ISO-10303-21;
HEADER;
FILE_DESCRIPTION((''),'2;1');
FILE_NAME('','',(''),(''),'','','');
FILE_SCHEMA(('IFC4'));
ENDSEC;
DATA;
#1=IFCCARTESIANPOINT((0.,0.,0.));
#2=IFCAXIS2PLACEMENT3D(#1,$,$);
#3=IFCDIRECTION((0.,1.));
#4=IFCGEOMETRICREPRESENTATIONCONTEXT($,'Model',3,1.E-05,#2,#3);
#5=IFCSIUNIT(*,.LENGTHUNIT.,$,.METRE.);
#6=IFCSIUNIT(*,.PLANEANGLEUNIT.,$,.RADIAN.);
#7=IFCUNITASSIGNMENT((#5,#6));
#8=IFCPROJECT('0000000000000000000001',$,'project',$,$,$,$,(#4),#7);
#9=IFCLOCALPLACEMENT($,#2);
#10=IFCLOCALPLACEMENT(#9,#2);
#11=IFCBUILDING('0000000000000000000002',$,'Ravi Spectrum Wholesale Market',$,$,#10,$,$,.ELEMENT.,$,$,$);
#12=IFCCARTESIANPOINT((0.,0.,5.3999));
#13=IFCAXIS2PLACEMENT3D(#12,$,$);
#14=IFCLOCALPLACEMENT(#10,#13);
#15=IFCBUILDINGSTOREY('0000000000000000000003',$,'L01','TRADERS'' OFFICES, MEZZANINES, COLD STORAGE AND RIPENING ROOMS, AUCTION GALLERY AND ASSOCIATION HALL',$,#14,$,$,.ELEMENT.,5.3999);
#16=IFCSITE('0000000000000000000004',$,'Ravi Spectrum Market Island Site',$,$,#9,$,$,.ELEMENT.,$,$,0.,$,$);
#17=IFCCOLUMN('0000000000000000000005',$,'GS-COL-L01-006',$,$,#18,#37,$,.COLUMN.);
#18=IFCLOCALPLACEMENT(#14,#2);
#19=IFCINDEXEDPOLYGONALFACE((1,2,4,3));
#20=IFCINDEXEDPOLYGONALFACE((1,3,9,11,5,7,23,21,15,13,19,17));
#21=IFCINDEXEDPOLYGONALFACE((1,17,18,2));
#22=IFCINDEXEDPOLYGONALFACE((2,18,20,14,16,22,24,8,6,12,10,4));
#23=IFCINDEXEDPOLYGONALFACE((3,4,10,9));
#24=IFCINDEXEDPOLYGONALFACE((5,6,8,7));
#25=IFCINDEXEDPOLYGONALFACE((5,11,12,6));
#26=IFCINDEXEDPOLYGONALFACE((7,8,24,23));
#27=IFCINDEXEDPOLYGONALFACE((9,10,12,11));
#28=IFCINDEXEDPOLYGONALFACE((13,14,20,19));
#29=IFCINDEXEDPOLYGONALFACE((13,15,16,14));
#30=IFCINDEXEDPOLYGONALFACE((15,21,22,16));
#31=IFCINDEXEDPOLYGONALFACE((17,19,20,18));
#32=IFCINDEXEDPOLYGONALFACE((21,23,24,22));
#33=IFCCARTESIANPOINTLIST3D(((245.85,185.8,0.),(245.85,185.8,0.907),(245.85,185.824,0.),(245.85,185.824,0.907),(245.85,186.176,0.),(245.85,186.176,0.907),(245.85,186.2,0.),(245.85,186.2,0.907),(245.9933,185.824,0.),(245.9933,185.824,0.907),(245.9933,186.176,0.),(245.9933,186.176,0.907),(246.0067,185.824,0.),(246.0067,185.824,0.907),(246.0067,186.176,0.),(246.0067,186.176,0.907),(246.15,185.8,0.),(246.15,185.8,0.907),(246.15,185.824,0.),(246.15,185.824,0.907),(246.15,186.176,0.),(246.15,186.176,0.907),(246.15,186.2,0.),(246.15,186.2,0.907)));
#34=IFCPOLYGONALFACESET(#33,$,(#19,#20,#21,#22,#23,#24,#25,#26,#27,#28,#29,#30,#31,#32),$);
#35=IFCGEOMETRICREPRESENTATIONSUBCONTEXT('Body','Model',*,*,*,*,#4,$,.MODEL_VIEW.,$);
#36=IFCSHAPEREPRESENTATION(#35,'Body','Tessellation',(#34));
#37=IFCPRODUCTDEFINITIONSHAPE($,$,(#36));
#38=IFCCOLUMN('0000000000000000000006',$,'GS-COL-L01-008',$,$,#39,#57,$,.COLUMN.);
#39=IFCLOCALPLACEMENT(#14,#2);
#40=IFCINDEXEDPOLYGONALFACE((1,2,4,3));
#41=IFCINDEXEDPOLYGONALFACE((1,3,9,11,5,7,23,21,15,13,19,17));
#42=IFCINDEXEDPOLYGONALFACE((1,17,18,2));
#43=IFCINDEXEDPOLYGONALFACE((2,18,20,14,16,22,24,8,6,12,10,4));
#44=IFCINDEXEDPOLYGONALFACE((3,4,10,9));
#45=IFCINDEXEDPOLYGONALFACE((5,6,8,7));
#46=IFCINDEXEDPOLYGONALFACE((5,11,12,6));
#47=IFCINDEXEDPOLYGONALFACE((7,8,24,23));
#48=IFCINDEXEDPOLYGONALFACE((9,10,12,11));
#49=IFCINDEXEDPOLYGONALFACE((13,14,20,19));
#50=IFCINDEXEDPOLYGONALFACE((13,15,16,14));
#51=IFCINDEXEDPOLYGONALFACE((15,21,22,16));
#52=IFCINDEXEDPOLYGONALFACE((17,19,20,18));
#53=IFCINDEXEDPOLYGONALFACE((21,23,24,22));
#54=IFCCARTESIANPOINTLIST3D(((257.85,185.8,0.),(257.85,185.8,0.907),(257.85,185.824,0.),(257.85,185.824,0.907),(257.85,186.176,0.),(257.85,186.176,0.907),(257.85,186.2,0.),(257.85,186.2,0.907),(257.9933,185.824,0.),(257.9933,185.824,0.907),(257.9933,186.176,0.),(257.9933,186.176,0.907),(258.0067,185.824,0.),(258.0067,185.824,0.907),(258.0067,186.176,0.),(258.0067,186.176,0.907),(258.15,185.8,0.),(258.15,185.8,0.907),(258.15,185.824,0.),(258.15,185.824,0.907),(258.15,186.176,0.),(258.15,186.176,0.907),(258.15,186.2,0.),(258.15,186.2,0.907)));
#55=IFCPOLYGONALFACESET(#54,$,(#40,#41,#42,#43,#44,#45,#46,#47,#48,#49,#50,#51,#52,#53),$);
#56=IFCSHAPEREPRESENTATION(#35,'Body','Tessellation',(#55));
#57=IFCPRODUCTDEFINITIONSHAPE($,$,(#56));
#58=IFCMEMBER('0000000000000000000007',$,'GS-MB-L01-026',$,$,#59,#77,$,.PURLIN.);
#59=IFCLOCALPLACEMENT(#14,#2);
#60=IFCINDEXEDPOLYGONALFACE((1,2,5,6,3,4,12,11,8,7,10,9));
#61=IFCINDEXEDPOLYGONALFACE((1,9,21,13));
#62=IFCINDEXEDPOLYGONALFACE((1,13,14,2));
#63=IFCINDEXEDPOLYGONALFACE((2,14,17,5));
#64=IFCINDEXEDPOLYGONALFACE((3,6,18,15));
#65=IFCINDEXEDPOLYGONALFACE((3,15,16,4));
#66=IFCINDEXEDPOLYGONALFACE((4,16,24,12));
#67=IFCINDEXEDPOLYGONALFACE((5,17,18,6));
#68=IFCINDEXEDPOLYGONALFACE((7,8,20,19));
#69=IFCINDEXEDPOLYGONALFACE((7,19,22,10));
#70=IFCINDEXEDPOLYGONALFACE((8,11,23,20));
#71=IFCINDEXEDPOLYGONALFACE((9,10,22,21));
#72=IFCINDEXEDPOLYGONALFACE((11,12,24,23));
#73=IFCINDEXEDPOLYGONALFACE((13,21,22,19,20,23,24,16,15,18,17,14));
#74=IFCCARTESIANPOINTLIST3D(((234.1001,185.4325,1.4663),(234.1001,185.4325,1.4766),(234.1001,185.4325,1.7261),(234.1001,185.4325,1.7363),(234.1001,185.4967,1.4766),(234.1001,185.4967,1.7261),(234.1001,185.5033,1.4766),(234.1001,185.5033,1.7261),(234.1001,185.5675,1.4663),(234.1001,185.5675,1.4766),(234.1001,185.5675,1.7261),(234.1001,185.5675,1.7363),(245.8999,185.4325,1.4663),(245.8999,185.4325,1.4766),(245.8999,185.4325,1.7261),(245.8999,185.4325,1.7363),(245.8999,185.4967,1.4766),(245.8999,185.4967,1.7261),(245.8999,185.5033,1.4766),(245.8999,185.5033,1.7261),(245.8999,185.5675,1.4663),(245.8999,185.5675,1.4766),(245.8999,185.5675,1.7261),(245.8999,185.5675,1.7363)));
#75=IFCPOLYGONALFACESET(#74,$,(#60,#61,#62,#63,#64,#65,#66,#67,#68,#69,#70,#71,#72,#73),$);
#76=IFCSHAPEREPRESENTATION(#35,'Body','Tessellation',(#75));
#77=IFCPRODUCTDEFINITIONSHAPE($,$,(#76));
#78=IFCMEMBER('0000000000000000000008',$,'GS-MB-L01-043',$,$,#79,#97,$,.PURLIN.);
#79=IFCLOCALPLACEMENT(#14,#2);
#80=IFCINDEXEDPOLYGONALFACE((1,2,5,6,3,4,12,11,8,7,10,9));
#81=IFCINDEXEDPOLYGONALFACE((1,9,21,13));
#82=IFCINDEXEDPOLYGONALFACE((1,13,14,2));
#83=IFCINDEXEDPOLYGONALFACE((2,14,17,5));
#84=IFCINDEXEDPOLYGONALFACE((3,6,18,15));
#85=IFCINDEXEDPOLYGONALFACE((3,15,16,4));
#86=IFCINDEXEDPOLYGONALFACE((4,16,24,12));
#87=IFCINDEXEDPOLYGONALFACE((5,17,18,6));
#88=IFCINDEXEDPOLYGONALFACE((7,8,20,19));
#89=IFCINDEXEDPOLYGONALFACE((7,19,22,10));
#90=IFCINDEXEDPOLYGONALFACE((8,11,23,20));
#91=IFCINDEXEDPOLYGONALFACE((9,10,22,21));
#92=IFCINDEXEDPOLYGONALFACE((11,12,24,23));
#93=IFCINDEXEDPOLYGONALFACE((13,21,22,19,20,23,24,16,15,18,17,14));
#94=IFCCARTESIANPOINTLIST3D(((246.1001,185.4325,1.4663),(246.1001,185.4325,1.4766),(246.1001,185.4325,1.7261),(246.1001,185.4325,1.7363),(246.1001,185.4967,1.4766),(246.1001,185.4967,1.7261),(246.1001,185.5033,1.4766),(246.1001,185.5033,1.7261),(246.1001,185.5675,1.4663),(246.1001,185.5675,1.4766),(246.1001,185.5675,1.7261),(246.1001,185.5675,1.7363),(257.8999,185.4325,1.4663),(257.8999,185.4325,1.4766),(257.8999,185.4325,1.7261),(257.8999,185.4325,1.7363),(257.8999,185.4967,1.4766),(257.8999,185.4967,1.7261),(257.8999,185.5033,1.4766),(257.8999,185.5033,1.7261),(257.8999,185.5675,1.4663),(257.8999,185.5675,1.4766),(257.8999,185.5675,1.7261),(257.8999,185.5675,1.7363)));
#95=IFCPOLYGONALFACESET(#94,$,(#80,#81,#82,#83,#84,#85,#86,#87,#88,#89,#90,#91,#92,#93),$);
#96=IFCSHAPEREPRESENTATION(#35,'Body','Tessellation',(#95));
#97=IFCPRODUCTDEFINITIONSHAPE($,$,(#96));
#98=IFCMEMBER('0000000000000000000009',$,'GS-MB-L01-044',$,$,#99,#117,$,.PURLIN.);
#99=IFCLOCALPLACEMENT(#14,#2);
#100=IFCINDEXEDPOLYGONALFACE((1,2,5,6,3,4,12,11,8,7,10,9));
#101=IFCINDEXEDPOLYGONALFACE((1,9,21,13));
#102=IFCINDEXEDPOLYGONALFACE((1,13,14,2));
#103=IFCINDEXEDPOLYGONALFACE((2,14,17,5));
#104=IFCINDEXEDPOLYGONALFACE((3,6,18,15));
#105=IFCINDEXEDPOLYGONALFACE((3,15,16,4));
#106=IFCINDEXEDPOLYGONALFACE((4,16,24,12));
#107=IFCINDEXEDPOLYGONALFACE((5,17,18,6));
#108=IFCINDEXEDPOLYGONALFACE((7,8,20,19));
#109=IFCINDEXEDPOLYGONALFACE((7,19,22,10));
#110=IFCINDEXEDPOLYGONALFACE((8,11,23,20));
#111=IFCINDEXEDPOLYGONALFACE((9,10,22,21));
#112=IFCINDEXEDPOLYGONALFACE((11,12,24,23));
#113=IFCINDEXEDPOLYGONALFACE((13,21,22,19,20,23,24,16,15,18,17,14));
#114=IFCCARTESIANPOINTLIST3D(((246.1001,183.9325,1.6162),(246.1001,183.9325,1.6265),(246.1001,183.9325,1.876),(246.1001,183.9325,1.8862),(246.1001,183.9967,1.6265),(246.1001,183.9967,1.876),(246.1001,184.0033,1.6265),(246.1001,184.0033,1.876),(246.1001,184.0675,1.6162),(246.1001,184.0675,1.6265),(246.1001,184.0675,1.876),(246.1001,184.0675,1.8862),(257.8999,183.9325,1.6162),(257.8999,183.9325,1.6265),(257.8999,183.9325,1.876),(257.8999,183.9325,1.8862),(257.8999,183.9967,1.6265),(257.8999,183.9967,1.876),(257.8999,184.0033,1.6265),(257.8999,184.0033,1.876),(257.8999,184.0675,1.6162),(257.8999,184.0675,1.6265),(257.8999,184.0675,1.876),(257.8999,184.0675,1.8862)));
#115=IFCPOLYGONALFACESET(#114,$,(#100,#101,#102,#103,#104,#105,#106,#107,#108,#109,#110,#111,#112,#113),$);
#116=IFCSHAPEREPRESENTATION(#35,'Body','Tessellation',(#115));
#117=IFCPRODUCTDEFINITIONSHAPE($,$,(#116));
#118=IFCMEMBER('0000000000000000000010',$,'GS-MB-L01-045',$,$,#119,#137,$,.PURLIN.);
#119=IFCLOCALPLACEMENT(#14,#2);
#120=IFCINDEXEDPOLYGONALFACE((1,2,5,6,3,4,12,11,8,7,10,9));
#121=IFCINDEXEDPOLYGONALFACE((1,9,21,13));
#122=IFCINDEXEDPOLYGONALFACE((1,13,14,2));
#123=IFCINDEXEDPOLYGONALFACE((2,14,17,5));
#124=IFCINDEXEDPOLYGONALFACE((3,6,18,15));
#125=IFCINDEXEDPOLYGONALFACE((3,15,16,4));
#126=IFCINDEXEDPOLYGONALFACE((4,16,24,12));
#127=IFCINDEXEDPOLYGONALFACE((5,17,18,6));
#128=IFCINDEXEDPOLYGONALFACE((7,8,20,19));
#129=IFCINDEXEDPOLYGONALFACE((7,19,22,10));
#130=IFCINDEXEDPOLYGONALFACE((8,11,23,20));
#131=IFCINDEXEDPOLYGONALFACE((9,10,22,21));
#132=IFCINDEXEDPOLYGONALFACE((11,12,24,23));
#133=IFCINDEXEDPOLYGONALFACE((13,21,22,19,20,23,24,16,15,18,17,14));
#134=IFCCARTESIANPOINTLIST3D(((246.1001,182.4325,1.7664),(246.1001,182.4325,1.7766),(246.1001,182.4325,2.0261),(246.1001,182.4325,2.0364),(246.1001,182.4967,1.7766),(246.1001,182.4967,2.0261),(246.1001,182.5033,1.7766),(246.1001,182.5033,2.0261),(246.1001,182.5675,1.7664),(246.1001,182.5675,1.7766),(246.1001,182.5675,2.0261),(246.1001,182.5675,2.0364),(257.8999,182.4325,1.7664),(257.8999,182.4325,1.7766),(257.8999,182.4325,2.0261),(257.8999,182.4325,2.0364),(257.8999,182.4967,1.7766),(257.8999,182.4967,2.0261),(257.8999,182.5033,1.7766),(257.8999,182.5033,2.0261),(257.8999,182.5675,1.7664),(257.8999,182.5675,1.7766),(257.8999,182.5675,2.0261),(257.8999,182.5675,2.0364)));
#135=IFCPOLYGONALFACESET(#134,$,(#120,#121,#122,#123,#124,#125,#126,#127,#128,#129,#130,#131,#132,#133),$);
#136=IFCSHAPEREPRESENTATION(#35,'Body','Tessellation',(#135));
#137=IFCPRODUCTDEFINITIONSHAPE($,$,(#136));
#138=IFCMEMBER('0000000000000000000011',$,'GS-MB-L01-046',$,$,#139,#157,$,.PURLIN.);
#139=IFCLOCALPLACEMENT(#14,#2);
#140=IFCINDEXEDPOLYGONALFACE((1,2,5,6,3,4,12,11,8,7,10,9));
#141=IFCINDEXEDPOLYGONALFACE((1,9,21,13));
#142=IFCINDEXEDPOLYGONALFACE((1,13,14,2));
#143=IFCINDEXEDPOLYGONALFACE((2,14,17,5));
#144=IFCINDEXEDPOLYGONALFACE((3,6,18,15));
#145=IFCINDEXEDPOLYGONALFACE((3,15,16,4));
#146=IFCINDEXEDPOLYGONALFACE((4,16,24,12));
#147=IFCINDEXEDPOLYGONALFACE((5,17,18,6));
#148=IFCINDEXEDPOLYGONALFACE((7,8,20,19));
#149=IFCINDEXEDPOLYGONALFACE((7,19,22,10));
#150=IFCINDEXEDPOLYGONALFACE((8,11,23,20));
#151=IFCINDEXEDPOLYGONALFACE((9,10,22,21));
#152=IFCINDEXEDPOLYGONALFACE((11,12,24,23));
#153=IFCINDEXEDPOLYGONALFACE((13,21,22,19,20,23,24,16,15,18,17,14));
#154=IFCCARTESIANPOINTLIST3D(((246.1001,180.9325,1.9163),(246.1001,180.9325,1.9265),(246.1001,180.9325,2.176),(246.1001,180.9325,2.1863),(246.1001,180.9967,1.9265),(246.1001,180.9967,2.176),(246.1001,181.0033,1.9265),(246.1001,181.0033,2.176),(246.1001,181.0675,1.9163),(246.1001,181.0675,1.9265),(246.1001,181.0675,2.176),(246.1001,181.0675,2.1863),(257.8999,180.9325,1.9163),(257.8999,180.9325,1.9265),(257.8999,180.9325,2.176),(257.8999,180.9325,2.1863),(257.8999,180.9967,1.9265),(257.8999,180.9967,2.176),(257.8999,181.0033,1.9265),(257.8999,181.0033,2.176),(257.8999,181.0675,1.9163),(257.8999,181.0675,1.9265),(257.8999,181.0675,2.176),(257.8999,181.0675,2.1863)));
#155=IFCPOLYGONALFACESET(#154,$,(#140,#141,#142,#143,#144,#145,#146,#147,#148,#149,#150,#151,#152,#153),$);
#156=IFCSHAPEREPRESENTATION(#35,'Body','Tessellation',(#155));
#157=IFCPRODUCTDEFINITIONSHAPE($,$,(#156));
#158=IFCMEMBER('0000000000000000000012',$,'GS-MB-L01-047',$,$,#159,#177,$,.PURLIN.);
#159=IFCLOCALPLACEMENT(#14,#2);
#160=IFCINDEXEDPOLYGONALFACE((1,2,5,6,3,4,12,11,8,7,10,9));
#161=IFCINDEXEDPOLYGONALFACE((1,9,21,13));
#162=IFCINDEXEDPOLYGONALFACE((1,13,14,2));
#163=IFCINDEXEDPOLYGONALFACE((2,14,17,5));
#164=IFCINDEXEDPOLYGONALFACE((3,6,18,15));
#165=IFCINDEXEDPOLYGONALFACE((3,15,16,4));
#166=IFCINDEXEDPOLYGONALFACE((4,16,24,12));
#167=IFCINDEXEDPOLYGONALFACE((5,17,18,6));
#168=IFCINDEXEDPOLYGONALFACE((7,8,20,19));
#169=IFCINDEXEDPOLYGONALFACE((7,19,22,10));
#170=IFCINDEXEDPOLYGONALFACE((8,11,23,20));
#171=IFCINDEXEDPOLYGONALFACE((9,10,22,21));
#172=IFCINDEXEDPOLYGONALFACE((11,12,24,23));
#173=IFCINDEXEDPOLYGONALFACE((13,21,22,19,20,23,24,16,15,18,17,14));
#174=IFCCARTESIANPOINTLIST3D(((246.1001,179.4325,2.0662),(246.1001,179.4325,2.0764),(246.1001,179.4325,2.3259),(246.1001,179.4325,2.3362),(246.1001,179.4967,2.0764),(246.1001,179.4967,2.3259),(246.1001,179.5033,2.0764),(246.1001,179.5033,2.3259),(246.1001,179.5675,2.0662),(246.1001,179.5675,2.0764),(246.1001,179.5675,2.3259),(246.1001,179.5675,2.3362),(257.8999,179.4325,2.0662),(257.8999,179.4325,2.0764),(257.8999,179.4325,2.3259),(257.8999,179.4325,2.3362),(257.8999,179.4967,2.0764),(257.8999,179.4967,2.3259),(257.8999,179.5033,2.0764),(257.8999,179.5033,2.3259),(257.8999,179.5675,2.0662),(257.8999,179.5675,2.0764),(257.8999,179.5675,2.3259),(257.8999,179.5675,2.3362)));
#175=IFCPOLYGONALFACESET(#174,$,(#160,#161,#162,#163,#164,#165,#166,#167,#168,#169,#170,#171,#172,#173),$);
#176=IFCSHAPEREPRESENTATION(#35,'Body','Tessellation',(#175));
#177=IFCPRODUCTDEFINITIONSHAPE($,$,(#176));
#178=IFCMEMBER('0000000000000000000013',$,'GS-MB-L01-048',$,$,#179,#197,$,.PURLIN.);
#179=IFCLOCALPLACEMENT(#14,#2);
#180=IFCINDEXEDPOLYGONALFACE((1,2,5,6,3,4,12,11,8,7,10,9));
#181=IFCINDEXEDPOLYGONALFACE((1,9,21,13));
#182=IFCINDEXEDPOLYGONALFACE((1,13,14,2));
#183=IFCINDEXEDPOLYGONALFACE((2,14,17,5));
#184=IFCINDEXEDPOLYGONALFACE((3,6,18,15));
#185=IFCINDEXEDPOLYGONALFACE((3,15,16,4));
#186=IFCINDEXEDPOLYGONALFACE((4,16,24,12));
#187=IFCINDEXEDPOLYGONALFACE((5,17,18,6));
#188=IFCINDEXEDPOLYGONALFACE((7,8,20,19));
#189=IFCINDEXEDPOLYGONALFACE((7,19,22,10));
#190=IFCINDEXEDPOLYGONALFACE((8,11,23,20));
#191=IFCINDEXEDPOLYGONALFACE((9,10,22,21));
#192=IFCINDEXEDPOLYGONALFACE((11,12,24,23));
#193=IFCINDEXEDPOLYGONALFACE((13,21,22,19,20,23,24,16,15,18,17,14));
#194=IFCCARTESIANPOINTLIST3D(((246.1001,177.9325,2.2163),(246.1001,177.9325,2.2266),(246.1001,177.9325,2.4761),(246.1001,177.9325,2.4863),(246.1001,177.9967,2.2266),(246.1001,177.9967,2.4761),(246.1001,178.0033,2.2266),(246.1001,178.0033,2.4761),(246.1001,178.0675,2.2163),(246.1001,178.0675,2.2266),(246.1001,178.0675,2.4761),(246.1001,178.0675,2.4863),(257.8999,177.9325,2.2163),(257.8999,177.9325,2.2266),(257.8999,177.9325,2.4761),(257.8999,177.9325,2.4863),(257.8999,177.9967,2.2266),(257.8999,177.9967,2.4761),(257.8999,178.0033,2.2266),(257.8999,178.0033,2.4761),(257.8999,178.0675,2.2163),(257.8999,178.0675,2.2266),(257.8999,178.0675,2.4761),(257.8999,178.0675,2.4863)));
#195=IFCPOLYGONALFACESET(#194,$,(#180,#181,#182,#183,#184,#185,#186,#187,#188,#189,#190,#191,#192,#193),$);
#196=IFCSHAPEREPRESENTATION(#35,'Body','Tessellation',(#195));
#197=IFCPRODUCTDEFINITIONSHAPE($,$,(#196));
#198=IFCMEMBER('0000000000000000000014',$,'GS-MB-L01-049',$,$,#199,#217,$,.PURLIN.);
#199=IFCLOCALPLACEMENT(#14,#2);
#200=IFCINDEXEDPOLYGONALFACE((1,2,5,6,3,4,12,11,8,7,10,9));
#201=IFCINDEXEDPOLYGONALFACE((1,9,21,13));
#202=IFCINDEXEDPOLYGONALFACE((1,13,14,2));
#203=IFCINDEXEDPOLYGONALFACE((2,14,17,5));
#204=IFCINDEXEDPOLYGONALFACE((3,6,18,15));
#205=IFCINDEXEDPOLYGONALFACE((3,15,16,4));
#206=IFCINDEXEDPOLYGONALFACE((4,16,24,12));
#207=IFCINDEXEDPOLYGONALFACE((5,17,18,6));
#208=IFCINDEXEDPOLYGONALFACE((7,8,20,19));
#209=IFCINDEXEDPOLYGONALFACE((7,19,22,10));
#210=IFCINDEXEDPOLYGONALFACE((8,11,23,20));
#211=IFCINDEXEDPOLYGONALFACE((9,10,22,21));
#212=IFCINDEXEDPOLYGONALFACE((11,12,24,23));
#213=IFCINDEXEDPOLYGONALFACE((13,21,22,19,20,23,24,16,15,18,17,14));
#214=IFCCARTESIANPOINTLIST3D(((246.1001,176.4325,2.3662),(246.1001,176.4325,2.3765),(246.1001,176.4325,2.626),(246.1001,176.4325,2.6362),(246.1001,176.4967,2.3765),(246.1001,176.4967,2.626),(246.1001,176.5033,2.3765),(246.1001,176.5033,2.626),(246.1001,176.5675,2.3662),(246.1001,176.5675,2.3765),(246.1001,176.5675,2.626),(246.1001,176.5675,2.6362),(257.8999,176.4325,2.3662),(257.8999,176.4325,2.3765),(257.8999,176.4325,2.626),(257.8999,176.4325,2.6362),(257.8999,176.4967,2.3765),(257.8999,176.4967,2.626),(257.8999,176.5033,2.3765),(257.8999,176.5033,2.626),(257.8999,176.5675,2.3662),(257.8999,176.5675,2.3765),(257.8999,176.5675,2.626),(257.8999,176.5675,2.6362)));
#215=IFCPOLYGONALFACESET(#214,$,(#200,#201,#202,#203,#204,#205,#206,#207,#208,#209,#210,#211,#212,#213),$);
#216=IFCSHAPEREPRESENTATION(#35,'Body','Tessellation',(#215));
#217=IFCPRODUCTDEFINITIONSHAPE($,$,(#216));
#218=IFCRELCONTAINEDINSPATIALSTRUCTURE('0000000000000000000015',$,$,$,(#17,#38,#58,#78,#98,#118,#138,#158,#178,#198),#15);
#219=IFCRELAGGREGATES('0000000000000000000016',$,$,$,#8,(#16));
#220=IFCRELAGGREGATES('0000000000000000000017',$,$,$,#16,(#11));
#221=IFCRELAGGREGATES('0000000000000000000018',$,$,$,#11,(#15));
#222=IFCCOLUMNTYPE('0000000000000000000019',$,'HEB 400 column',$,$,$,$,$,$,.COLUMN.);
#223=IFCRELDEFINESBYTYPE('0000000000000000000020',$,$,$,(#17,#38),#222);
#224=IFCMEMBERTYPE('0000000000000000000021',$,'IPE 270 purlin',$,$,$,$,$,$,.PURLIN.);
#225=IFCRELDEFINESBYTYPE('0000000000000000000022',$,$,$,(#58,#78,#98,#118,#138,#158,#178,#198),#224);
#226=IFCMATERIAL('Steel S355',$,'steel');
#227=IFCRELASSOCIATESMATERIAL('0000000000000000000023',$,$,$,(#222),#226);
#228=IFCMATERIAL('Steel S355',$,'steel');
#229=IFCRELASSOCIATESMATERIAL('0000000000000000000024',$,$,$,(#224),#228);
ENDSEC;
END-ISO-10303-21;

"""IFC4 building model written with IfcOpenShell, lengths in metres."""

from ifc_helpers import new_model, si_unit, direction, frame, origin, origin_2d, place, context, subcontext, project, spatial, i_section, extrude, material, material_profile, profile_set, type_object, element, save


model = new_model("IFC4")

# Units and contexts
model_context = context("Model", 3, precision=1e-05, world=origin(), true_north=direction((0.0, 1.0)))
body_context = subcontext(model_context, "Body", "Model", "MODEL_VIEW")
ifc_project = project(units=[si_unit("LENGTHUNIT", "METRE"), si_unit("PLANEANGLEUNIT", "RADIAN")], contexts=[model_context])

# Site, building, storey
site_placement = place(None, origin())
site = spatial("IfcSite", under=ifc_project, at=site_placement, Name="Ravi Spectrum Market Island Site", CompositionType="ELEMENT", RefElevation=0.0)
building_placement = place(site_placement, origin())
building = spatial("IfcBuilding", under=site, at=building_placement, Name="Ravi Spectrum Wholesale Market", CompositionType="ELEMENT")
storey_placement = place(building_placement, frame((0.0, 0.0, 5.3999)))
storey = spatial("IfcBuildingStorey", under=building, at=storey_placement, Name="L01", Description="TRADERS' OFFICES, MEZZANINES, COLD STORAGE AND RIPENING ROOMS, AUCTION GALLERY AND ASSOCIATION HALL", CompositionType="ELEMENT", Elevation=5.3999)

# Columns
ifc_material_1 = material(Name="Steel S355", Category="steel")
ifc_material_profile_1 = material_profile(ifc_material_1, i_section(OverallWidth=0.3, OverallDepth=0.3999, WebThickness=0.0134, FlangeThickness=0.0239, at=origin_2d()))
ifc_profile_set_1 = profile_set([ifc_material_profile_1], Name="Steel S355")
column_type = type_object("IfcColumnType", Name="HEB 400 column", PredefinedType="COLUMN", material=ifc_profile_set_1)
for number, where, z_axis, x_axis, name in (
    (1, (246.0, 186.0, 0.0), (0.0, 0.0, 1.0), (1.0, 0.0, 0.0), "GS-COL-L01-006"),
    (2, (258.0, 186.0, 0.0), (0.0, 0.0, 1.0), (1.0, 0.0, 0.0), "GS-COL-L01-008"),
):
    element("IfcColumn", number, at=place(storey_placement, frame(where, z_axis=z_axis, x_axis=x_axis)), inside=storey, type_object=column_type, Name=name, PredefinedType="COLUMN", context=body_context, shape_type="SweptSolid", body=[
        extrude(i_section(OverallWidth=0.3, OverallDepth=0.3999, WebThickness=0.0134, FlangeThickness=0.0239, at=origin_2d()), origin(), (0.0, 0.0, 1.0), 0.907),
    ])

# Members
ifc_material_2 = material(Name="Steel S355", Category="steel")
ifc_material_profile_2 = material_profile(ifc_material_2, i_section(OverallWidth=0.135, OverallDepth=0.27, WebThickness=0.0066, FlangeThickness=0.0103, at=origin_2d()))
ifc_profile_set_2 = profile_set([ifc_material_profile_2], Name="Steel S355")
member_type = type_object("IfcMemberType", Name="IPE 270 purlin", PredefinedType="PURLIN", material=ifc_profile_set_2)
for number, where, z_axis, x_axis, name in (
    (3, (234.1001, 185.5, 1.6013), (1.0, 0.0, 0.0), (0.0, 1.0, 0.0), "GS-MB-L01-026"),
    (4, (246.1001, 185.5, 1.6013), (1.0, 0.0, 0.0), (0.0, 1.0, 0.0), "GS-MB-L01-043"),
    (5, (246.1001, 184.0, 1.7512), (1.0, 0.0, 0.0), (0.0, 1.0, 0.0), "GS-MB-L01-044"),
    (6, (246.1001, 182.5, 1.9014), (1.0, 0.0, 0.0), (0.0, 1.0, 0.0), "GS-MB-L01-045"),
    (7, (246.1001, 181.0, 2.0513), (1.0, 0.0, 0.0), (0.0, 1.0, 0.0), "GS-MB-L01-046"),
    (8, (246.1001, 179.5, 2.2012), (1.0, 0.0, 0.0), (0.0, 1.0, 0.0), "GS-MB-L01-047"),
    (9, (246.1001, 178.0, 2.3513), (1.0, 0.0, 0.0), (0.0, 1.0, 0.0), "GS-MB-L01-048"),
    (10, (246.1001, 176.5, 2.5012), (1.0, 0.0, 0.0), (0.0, 1.0, 0.0), "GS-MB-L01-049"),
):
    element("IfcMember", number, at=place(storey_placement, frame(where, z_axis=z_axis, x_axis=x_axis)), inside=storey, type_object=member_type, Name=name, PredefinedType="PURLIN", context=body_context, shape_type="SweptSolid", body=[
        extrude(i_section(OverallWidth=0.135, OverallDepth=0.27, WebThickness=0.0066, FlangeThickness=0.0103, at=origin_2d()), origin(), (0.0, 0.0, 1.0), 11.7998),
    ])

save(model, "model.ifc")
